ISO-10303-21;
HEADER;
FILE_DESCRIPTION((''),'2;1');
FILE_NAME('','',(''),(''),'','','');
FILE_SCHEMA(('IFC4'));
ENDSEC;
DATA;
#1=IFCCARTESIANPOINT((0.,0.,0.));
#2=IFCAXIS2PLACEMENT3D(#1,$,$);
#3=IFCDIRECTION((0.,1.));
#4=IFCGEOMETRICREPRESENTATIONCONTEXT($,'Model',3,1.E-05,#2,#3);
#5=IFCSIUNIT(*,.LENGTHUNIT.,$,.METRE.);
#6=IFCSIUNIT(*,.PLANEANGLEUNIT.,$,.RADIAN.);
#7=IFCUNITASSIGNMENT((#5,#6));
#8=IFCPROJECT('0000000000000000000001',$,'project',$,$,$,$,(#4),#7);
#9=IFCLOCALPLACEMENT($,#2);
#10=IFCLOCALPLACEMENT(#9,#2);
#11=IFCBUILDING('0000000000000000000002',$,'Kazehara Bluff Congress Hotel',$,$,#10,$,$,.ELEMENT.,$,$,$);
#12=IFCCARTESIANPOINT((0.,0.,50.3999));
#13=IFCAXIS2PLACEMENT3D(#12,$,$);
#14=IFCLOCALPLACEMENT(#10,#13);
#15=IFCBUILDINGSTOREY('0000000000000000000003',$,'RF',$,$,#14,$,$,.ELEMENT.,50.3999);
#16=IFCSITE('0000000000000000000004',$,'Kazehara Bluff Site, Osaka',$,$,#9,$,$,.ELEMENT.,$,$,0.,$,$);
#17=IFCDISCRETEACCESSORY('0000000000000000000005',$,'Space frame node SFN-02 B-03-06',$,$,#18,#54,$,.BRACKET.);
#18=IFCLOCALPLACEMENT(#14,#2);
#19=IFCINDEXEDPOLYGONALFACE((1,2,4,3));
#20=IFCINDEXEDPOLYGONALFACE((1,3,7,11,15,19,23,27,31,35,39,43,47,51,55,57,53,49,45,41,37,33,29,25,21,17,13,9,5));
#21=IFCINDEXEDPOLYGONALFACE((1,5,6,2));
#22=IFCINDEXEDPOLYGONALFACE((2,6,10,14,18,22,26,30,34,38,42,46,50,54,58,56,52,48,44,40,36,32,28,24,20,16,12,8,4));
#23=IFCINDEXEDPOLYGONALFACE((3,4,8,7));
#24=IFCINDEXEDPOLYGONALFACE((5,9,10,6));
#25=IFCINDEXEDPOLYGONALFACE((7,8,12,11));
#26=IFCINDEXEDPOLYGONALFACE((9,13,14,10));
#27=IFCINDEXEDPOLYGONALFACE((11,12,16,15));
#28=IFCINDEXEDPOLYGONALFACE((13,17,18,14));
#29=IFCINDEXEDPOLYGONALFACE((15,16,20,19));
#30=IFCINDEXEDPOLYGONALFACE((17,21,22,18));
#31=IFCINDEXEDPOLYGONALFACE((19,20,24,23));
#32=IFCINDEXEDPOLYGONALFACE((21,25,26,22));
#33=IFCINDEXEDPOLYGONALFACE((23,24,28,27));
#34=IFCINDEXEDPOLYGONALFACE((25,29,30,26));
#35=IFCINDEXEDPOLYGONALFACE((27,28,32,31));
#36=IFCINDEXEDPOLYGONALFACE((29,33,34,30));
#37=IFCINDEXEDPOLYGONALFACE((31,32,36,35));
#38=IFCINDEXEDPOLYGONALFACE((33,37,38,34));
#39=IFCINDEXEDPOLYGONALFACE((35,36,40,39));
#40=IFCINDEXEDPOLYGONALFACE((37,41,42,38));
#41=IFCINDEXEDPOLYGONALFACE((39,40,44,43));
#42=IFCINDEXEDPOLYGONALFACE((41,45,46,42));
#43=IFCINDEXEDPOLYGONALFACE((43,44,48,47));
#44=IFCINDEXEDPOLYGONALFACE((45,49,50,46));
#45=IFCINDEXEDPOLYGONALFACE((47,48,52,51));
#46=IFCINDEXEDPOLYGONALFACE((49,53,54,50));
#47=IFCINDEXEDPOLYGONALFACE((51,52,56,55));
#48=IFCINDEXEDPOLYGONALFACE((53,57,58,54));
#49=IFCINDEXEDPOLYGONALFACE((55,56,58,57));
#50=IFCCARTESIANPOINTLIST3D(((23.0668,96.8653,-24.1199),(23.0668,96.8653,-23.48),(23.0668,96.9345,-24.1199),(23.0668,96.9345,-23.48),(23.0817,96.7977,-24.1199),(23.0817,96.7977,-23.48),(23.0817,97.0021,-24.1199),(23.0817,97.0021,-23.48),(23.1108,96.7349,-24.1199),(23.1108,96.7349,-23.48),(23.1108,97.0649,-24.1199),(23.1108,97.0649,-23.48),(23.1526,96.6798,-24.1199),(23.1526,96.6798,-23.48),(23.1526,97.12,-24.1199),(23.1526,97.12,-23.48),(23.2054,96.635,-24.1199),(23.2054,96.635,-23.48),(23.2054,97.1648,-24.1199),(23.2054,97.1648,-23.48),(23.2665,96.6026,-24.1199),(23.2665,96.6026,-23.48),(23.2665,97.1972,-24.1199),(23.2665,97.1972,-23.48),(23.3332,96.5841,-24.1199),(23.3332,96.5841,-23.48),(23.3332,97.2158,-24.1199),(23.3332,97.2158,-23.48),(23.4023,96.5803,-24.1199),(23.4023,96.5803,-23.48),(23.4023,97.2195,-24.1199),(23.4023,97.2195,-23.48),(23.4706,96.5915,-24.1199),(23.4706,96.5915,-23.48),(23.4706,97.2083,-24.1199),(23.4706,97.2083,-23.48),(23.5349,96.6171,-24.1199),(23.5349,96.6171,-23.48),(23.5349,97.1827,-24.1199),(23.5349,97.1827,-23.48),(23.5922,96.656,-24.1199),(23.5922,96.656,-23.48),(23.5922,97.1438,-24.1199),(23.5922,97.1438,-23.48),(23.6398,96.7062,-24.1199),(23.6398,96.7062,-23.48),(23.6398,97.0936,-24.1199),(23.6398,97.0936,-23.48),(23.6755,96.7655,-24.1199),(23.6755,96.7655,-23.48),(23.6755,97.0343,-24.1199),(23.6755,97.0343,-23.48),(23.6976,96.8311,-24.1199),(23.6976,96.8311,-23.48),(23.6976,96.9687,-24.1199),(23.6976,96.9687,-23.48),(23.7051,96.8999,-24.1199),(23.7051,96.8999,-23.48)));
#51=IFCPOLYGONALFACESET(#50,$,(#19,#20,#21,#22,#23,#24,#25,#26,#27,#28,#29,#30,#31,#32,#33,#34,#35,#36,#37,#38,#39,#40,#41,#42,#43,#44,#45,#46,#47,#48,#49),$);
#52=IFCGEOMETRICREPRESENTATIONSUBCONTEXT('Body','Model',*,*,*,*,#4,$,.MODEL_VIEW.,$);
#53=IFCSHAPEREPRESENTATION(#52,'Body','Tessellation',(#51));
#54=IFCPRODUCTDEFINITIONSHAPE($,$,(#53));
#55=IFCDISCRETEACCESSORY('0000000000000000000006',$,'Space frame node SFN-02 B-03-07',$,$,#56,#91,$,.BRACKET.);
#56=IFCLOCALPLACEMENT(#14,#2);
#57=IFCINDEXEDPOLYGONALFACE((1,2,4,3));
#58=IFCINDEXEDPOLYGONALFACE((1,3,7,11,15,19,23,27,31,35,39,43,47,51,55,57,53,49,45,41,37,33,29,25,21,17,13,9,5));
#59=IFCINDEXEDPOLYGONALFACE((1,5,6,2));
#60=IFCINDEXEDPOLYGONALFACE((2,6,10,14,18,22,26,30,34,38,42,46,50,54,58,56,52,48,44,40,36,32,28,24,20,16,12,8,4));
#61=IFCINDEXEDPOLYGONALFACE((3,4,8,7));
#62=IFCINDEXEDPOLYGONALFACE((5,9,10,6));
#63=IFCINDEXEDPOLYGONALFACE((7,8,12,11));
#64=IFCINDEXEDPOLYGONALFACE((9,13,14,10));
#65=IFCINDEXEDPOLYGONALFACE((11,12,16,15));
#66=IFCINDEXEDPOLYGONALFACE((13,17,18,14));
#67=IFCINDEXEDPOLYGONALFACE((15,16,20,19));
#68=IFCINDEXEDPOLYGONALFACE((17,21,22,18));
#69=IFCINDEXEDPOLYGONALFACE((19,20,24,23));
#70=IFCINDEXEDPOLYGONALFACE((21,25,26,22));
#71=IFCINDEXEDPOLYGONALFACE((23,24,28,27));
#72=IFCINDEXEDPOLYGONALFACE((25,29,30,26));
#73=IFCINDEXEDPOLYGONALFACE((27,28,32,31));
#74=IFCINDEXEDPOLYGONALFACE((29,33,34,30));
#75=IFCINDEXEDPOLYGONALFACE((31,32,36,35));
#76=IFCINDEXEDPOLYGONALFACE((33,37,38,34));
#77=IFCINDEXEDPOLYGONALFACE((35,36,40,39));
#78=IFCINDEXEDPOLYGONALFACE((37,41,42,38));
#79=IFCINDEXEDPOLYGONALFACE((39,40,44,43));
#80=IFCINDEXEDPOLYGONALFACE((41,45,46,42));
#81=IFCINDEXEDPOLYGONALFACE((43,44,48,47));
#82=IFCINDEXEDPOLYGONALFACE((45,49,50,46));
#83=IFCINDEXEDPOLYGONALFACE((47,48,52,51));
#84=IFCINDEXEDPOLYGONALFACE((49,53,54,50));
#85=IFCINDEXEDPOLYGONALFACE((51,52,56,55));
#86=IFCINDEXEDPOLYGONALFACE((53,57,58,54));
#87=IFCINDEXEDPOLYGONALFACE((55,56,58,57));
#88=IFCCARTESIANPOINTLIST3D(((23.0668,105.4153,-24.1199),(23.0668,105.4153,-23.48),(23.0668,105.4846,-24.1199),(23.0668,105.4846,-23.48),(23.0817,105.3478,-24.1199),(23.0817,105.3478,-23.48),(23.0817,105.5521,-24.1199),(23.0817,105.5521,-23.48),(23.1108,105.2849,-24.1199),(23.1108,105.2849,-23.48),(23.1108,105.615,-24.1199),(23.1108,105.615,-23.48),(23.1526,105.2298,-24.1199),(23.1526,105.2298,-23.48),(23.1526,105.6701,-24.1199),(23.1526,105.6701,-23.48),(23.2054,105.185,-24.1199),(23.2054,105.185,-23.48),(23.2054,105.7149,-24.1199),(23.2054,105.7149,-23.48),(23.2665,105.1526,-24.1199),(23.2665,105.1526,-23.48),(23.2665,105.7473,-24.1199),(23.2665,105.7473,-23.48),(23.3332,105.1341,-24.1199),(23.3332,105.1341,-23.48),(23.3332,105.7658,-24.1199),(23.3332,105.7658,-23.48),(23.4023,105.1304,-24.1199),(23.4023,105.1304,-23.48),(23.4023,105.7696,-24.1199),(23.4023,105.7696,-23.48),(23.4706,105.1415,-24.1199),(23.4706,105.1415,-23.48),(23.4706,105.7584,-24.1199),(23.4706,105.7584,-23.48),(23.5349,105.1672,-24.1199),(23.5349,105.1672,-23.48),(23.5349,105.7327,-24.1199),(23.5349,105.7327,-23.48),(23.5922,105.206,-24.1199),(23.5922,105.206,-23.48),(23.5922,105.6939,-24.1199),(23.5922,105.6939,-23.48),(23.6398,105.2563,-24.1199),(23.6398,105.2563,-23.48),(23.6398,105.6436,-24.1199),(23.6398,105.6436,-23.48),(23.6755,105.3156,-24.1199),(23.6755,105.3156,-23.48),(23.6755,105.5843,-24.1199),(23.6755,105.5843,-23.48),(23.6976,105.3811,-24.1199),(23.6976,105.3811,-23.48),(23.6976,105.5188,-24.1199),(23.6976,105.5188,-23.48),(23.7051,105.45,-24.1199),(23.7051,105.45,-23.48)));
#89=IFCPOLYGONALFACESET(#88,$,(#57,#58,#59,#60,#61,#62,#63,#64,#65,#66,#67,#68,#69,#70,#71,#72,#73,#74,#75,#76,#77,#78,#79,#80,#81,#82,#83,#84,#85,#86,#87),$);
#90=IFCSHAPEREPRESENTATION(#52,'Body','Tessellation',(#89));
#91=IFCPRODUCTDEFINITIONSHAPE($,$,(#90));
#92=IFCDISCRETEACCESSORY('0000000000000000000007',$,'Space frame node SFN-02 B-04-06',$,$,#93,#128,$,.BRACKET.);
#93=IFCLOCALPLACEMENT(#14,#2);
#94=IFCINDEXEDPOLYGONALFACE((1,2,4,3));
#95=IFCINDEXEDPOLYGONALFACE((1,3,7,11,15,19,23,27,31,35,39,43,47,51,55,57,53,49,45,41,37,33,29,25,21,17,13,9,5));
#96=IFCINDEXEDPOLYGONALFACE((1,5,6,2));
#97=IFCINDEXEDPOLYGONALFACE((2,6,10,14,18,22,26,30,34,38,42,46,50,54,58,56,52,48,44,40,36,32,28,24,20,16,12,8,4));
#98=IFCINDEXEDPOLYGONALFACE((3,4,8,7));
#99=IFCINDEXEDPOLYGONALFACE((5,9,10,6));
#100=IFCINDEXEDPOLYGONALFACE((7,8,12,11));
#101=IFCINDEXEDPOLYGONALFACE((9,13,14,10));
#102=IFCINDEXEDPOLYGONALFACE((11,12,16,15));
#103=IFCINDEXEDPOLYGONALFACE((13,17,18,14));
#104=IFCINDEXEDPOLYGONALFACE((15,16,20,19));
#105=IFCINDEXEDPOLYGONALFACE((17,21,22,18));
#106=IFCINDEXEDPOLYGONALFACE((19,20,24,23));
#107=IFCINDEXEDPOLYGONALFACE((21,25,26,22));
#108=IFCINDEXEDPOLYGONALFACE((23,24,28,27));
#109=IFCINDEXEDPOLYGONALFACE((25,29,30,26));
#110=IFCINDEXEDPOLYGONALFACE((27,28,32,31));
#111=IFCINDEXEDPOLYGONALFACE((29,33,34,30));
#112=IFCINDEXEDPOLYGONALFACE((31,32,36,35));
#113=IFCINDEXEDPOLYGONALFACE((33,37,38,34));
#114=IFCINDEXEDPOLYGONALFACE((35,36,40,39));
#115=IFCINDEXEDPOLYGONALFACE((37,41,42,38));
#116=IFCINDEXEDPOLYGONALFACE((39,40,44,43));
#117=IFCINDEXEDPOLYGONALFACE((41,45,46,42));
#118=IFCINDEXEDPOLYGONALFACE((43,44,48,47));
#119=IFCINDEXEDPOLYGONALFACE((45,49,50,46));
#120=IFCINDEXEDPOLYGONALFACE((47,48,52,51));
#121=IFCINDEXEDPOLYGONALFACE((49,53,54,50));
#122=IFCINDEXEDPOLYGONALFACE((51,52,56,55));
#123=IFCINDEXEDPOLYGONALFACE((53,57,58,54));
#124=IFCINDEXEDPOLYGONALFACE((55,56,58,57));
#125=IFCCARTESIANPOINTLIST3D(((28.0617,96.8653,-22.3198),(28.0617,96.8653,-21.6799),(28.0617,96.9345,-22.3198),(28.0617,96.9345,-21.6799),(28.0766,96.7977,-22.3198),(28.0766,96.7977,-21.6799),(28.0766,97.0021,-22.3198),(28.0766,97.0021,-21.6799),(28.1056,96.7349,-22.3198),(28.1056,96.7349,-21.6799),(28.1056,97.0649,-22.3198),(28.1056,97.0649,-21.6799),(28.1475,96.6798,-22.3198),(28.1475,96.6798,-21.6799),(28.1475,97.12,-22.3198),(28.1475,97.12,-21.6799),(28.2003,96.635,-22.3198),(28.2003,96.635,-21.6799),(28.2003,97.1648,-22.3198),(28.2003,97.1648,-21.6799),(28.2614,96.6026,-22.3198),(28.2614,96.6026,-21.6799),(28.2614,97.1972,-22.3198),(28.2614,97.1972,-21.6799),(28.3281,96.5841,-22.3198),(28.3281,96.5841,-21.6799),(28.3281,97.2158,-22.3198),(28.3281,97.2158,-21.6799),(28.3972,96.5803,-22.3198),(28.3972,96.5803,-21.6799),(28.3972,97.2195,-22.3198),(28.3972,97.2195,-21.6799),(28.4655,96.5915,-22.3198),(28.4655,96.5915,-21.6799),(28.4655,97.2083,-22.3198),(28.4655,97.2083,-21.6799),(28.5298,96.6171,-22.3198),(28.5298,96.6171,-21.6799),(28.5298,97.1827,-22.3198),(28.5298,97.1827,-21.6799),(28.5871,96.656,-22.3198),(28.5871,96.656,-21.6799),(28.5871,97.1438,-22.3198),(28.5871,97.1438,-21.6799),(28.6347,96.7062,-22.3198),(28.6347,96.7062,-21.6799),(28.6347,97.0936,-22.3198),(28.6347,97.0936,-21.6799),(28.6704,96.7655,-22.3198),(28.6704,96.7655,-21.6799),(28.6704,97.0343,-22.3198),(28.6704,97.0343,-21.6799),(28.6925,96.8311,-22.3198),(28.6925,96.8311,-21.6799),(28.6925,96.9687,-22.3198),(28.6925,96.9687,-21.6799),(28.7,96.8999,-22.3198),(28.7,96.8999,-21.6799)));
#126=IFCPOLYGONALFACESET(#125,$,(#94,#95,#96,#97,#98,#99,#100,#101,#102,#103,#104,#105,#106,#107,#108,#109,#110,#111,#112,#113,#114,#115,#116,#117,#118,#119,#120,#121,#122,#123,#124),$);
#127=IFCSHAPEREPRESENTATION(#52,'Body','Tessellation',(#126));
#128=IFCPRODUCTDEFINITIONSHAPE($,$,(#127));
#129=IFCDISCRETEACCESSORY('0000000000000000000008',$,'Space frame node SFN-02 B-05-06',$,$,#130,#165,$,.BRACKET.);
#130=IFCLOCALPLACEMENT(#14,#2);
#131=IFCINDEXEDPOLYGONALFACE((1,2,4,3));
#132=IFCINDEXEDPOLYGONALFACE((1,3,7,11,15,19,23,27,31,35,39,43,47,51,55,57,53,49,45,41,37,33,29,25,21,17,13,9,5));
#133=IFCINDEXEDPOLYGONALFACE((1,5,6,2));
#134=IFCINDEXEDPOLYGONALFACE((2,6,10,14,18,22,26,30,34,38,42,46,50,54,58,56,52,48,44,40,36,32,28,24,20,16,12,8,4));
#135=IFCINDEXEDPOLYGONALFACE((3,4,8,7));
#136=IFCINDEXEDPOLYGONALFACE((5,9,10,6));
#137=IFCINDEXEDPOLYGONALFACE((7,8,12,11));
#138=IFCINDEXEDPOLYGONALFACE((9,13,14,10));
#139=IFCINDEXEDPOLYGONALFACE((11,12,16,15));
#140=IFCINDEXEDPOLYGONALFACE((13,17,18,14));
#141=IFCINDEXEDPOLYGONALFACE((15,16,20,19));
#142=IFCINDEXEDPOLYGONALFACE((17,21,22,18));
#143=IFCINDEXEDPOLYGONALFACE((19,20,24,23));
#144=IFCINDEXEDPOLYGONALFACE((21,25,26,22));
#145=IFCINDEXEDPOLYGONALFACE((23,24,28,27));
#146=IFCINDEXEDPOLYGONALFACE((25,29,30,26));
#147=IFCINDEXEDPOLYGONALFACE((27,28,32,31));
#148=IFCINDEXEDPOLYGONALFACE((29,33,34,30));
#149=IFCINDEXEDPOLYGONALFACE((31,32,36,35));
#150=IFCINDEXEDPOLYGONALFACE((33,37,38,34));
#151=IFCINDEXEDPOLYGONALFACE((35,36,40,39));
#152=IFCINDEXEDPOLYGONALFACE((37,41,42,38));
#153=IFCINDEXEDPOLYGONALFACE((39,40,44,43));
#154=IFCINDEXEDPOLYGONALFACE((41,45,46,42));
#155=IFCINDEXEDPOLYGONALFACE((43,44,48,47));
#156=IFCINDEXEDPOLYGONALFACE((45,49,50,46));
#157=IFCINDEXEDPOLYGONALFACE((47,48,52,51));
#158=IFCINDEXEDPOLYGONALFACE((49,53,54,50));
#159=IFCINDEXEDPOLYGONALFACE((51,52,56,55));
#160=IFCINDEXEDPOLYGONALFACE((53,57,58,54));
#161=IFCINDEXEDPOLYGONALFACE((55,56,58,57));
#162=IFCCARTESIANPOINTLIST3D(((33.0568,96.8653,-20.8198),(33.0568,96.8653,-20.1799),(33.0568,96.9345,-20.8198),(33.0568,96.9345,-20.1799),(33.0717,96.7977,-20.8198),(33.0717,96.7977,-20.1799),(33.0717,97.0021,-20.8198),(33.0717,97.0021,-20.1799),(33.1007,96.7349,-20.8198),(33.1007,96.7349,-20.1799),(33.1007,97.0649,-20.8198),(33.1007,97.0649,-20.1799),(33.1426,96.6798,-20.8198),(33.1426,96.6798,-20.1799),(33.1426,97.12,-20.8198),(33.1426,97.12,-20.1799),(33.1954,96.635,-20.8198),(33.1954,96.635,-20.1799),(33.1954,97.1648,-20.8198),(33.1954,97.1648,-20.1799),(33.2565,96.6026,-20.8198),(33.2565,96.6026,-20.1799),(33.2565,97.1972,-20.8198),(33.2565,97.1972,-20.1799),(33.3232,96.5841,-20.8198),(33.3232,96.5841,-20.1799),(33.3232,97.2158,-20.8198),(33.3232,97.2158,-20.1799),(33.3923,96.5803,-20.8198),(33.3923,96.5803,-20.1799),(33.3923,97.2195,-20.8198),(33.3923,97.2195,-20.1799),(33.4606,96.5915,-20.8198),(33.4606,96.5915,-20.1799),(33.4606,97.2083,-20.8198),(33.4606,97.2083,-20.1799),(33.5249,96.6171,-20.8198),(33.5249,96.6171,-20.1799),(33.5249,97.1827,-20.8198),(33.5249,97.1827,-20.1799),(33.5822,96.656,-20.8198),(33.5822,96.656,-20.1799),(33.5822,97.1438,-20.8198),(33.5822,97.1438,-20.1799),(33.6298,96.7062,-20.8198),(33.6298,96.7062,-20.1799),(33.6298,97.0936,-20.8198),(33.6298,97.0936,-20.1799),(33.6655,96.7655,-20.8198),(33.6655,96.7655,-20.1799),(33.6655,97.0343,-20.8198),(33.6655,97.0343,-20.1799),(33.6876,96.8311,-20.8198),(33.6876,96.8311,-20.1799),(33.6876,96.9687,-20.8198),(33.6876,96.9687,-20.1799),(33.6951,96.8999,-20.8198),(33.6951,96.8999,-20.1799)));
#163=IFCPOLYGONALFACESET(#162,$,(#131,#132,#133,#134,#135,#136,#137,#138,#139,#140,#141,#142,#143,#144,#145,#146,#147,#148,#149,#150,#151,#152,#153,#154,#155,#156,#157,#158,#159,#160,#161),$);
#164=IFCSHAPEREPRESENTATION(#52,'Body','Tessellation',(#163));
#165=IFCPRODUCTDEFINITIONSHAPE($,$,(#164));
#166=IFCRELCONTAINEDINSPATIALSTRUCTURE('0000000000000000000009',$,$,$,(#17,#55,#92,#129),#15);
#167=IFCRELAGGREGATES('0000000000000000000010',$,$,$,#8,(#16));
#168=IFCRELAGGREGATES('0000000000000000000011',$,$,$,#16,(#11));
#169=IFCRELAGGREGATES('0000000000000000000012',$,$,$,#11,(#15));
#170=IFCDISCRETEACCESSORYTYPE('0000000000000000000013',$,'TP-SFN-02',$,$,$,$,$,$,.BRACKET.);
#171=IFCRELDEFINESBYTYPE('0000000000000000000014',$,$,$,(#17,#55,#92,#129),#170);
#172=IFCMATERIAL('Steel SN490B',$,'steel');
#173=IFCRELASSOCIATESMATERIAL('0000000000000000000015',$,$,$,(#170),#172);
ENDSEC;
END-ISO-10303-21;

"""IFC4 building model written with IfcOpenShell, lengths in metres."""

from ifc_helpers import new_model, si_unit, direction, frame, origin, origin_2d, place, context, subcontext, project, spatial, circle, extrude, material, material_profile, profile_set, type_object, element, save


model = new_model("IFC4")

# Units and contexts
model_context = context("Model", 3, precision=1e-05, world=origin(), true_north=direction((0.0, 1.0)))
body_context = subcontext(model_context, "Body", "Model", "MODEL_VIEW")
ifc_project = project(units=[si_unit("LENGTHUNIT", "METRE"), si_unit("PLANEANGLEUNIT", "RADIAN")], contexts=[model_context])

# Site, building, storey
site_placement = place(None, origin())
site = spatial("IfcSite", under=ifc_project, at=site_placement, Name="Kazehara Bluff Site, Osaka", CompositionType="ELEMENT", RefElevation=0.0)
building_placement = place(site_placement, origin())
building = spatial("IfcBuilding", under=site, at=building_placement, Name="Kazehara Bluff Congress Hotel", CompositionType="ELEMENT")
storey_placement = place(building_placement, frame((0.0, 0.0, 50.3999)))
storey = spatial("IfcBuildingStorey", under=building, at=storey_placement, Name="RF", CompositionType="ELEMENT", Elevation=50.3999)

# Discrete accessories
ifc_material_1 = material(Name="Steel SN490B", Category="steel")
ifc_material_profile_1 = material_profile(ifc_material_1, circle(Radius=0.3201, at=origin_2d()))
ifc_profile_set_1 = profile_set([ifc_material_profile_1], Name="Steel SN490B")
discrete_accessory_type_1 = type_object("IfcDiscreteAccessoryType", Name="TP-SFN-02", PredefinedType="BRACKET", material=ifc_profile_set_1)
for number, where, z_axis, x_axis, name in (
    (1, (23.385, 96.8999, -24.1199), (0.0, 0.0, 1.0), (1.0, 0.0, 0.0), "Space frame node SFN-02 B-03-06"),
    (2, (23.385, 105.45, -24.1199), (0.0, 0.0, 1.0), (1.0, 0.0, 0.0), "Space frame node SFN-02 B-03-07"),
    (3, (28.3799, 96.8999, -22.3198), (0.0, 0.0, 1.0), (1.0, 0.0, 0.0), "Space frame node SFN-02 B-04-06"),
    (4, (33.375, 96.8999, -20.8198), (0.0, 0.0, 1.0), (1.0, 0.0, 0.0), "Space frame node SFN-02 B-05-06"),
):
    element("IfcDiscreteAccessory", number, at=place(storey_placement, frame(where, z_axis=z_axis, x_axis=x_axis)), inside=storey, type_object=discrete_accessory_type_1, Name=name, PredefinedType="BRACKET", context=body_context, shape_type="SweptSolid", body=[
        extrude(circle(Radius=0.3201, at=origin_2d()), origin(), (0.0, 0.0, 1.0), 0.6399),
    ])

save(model, "model.ifc")
